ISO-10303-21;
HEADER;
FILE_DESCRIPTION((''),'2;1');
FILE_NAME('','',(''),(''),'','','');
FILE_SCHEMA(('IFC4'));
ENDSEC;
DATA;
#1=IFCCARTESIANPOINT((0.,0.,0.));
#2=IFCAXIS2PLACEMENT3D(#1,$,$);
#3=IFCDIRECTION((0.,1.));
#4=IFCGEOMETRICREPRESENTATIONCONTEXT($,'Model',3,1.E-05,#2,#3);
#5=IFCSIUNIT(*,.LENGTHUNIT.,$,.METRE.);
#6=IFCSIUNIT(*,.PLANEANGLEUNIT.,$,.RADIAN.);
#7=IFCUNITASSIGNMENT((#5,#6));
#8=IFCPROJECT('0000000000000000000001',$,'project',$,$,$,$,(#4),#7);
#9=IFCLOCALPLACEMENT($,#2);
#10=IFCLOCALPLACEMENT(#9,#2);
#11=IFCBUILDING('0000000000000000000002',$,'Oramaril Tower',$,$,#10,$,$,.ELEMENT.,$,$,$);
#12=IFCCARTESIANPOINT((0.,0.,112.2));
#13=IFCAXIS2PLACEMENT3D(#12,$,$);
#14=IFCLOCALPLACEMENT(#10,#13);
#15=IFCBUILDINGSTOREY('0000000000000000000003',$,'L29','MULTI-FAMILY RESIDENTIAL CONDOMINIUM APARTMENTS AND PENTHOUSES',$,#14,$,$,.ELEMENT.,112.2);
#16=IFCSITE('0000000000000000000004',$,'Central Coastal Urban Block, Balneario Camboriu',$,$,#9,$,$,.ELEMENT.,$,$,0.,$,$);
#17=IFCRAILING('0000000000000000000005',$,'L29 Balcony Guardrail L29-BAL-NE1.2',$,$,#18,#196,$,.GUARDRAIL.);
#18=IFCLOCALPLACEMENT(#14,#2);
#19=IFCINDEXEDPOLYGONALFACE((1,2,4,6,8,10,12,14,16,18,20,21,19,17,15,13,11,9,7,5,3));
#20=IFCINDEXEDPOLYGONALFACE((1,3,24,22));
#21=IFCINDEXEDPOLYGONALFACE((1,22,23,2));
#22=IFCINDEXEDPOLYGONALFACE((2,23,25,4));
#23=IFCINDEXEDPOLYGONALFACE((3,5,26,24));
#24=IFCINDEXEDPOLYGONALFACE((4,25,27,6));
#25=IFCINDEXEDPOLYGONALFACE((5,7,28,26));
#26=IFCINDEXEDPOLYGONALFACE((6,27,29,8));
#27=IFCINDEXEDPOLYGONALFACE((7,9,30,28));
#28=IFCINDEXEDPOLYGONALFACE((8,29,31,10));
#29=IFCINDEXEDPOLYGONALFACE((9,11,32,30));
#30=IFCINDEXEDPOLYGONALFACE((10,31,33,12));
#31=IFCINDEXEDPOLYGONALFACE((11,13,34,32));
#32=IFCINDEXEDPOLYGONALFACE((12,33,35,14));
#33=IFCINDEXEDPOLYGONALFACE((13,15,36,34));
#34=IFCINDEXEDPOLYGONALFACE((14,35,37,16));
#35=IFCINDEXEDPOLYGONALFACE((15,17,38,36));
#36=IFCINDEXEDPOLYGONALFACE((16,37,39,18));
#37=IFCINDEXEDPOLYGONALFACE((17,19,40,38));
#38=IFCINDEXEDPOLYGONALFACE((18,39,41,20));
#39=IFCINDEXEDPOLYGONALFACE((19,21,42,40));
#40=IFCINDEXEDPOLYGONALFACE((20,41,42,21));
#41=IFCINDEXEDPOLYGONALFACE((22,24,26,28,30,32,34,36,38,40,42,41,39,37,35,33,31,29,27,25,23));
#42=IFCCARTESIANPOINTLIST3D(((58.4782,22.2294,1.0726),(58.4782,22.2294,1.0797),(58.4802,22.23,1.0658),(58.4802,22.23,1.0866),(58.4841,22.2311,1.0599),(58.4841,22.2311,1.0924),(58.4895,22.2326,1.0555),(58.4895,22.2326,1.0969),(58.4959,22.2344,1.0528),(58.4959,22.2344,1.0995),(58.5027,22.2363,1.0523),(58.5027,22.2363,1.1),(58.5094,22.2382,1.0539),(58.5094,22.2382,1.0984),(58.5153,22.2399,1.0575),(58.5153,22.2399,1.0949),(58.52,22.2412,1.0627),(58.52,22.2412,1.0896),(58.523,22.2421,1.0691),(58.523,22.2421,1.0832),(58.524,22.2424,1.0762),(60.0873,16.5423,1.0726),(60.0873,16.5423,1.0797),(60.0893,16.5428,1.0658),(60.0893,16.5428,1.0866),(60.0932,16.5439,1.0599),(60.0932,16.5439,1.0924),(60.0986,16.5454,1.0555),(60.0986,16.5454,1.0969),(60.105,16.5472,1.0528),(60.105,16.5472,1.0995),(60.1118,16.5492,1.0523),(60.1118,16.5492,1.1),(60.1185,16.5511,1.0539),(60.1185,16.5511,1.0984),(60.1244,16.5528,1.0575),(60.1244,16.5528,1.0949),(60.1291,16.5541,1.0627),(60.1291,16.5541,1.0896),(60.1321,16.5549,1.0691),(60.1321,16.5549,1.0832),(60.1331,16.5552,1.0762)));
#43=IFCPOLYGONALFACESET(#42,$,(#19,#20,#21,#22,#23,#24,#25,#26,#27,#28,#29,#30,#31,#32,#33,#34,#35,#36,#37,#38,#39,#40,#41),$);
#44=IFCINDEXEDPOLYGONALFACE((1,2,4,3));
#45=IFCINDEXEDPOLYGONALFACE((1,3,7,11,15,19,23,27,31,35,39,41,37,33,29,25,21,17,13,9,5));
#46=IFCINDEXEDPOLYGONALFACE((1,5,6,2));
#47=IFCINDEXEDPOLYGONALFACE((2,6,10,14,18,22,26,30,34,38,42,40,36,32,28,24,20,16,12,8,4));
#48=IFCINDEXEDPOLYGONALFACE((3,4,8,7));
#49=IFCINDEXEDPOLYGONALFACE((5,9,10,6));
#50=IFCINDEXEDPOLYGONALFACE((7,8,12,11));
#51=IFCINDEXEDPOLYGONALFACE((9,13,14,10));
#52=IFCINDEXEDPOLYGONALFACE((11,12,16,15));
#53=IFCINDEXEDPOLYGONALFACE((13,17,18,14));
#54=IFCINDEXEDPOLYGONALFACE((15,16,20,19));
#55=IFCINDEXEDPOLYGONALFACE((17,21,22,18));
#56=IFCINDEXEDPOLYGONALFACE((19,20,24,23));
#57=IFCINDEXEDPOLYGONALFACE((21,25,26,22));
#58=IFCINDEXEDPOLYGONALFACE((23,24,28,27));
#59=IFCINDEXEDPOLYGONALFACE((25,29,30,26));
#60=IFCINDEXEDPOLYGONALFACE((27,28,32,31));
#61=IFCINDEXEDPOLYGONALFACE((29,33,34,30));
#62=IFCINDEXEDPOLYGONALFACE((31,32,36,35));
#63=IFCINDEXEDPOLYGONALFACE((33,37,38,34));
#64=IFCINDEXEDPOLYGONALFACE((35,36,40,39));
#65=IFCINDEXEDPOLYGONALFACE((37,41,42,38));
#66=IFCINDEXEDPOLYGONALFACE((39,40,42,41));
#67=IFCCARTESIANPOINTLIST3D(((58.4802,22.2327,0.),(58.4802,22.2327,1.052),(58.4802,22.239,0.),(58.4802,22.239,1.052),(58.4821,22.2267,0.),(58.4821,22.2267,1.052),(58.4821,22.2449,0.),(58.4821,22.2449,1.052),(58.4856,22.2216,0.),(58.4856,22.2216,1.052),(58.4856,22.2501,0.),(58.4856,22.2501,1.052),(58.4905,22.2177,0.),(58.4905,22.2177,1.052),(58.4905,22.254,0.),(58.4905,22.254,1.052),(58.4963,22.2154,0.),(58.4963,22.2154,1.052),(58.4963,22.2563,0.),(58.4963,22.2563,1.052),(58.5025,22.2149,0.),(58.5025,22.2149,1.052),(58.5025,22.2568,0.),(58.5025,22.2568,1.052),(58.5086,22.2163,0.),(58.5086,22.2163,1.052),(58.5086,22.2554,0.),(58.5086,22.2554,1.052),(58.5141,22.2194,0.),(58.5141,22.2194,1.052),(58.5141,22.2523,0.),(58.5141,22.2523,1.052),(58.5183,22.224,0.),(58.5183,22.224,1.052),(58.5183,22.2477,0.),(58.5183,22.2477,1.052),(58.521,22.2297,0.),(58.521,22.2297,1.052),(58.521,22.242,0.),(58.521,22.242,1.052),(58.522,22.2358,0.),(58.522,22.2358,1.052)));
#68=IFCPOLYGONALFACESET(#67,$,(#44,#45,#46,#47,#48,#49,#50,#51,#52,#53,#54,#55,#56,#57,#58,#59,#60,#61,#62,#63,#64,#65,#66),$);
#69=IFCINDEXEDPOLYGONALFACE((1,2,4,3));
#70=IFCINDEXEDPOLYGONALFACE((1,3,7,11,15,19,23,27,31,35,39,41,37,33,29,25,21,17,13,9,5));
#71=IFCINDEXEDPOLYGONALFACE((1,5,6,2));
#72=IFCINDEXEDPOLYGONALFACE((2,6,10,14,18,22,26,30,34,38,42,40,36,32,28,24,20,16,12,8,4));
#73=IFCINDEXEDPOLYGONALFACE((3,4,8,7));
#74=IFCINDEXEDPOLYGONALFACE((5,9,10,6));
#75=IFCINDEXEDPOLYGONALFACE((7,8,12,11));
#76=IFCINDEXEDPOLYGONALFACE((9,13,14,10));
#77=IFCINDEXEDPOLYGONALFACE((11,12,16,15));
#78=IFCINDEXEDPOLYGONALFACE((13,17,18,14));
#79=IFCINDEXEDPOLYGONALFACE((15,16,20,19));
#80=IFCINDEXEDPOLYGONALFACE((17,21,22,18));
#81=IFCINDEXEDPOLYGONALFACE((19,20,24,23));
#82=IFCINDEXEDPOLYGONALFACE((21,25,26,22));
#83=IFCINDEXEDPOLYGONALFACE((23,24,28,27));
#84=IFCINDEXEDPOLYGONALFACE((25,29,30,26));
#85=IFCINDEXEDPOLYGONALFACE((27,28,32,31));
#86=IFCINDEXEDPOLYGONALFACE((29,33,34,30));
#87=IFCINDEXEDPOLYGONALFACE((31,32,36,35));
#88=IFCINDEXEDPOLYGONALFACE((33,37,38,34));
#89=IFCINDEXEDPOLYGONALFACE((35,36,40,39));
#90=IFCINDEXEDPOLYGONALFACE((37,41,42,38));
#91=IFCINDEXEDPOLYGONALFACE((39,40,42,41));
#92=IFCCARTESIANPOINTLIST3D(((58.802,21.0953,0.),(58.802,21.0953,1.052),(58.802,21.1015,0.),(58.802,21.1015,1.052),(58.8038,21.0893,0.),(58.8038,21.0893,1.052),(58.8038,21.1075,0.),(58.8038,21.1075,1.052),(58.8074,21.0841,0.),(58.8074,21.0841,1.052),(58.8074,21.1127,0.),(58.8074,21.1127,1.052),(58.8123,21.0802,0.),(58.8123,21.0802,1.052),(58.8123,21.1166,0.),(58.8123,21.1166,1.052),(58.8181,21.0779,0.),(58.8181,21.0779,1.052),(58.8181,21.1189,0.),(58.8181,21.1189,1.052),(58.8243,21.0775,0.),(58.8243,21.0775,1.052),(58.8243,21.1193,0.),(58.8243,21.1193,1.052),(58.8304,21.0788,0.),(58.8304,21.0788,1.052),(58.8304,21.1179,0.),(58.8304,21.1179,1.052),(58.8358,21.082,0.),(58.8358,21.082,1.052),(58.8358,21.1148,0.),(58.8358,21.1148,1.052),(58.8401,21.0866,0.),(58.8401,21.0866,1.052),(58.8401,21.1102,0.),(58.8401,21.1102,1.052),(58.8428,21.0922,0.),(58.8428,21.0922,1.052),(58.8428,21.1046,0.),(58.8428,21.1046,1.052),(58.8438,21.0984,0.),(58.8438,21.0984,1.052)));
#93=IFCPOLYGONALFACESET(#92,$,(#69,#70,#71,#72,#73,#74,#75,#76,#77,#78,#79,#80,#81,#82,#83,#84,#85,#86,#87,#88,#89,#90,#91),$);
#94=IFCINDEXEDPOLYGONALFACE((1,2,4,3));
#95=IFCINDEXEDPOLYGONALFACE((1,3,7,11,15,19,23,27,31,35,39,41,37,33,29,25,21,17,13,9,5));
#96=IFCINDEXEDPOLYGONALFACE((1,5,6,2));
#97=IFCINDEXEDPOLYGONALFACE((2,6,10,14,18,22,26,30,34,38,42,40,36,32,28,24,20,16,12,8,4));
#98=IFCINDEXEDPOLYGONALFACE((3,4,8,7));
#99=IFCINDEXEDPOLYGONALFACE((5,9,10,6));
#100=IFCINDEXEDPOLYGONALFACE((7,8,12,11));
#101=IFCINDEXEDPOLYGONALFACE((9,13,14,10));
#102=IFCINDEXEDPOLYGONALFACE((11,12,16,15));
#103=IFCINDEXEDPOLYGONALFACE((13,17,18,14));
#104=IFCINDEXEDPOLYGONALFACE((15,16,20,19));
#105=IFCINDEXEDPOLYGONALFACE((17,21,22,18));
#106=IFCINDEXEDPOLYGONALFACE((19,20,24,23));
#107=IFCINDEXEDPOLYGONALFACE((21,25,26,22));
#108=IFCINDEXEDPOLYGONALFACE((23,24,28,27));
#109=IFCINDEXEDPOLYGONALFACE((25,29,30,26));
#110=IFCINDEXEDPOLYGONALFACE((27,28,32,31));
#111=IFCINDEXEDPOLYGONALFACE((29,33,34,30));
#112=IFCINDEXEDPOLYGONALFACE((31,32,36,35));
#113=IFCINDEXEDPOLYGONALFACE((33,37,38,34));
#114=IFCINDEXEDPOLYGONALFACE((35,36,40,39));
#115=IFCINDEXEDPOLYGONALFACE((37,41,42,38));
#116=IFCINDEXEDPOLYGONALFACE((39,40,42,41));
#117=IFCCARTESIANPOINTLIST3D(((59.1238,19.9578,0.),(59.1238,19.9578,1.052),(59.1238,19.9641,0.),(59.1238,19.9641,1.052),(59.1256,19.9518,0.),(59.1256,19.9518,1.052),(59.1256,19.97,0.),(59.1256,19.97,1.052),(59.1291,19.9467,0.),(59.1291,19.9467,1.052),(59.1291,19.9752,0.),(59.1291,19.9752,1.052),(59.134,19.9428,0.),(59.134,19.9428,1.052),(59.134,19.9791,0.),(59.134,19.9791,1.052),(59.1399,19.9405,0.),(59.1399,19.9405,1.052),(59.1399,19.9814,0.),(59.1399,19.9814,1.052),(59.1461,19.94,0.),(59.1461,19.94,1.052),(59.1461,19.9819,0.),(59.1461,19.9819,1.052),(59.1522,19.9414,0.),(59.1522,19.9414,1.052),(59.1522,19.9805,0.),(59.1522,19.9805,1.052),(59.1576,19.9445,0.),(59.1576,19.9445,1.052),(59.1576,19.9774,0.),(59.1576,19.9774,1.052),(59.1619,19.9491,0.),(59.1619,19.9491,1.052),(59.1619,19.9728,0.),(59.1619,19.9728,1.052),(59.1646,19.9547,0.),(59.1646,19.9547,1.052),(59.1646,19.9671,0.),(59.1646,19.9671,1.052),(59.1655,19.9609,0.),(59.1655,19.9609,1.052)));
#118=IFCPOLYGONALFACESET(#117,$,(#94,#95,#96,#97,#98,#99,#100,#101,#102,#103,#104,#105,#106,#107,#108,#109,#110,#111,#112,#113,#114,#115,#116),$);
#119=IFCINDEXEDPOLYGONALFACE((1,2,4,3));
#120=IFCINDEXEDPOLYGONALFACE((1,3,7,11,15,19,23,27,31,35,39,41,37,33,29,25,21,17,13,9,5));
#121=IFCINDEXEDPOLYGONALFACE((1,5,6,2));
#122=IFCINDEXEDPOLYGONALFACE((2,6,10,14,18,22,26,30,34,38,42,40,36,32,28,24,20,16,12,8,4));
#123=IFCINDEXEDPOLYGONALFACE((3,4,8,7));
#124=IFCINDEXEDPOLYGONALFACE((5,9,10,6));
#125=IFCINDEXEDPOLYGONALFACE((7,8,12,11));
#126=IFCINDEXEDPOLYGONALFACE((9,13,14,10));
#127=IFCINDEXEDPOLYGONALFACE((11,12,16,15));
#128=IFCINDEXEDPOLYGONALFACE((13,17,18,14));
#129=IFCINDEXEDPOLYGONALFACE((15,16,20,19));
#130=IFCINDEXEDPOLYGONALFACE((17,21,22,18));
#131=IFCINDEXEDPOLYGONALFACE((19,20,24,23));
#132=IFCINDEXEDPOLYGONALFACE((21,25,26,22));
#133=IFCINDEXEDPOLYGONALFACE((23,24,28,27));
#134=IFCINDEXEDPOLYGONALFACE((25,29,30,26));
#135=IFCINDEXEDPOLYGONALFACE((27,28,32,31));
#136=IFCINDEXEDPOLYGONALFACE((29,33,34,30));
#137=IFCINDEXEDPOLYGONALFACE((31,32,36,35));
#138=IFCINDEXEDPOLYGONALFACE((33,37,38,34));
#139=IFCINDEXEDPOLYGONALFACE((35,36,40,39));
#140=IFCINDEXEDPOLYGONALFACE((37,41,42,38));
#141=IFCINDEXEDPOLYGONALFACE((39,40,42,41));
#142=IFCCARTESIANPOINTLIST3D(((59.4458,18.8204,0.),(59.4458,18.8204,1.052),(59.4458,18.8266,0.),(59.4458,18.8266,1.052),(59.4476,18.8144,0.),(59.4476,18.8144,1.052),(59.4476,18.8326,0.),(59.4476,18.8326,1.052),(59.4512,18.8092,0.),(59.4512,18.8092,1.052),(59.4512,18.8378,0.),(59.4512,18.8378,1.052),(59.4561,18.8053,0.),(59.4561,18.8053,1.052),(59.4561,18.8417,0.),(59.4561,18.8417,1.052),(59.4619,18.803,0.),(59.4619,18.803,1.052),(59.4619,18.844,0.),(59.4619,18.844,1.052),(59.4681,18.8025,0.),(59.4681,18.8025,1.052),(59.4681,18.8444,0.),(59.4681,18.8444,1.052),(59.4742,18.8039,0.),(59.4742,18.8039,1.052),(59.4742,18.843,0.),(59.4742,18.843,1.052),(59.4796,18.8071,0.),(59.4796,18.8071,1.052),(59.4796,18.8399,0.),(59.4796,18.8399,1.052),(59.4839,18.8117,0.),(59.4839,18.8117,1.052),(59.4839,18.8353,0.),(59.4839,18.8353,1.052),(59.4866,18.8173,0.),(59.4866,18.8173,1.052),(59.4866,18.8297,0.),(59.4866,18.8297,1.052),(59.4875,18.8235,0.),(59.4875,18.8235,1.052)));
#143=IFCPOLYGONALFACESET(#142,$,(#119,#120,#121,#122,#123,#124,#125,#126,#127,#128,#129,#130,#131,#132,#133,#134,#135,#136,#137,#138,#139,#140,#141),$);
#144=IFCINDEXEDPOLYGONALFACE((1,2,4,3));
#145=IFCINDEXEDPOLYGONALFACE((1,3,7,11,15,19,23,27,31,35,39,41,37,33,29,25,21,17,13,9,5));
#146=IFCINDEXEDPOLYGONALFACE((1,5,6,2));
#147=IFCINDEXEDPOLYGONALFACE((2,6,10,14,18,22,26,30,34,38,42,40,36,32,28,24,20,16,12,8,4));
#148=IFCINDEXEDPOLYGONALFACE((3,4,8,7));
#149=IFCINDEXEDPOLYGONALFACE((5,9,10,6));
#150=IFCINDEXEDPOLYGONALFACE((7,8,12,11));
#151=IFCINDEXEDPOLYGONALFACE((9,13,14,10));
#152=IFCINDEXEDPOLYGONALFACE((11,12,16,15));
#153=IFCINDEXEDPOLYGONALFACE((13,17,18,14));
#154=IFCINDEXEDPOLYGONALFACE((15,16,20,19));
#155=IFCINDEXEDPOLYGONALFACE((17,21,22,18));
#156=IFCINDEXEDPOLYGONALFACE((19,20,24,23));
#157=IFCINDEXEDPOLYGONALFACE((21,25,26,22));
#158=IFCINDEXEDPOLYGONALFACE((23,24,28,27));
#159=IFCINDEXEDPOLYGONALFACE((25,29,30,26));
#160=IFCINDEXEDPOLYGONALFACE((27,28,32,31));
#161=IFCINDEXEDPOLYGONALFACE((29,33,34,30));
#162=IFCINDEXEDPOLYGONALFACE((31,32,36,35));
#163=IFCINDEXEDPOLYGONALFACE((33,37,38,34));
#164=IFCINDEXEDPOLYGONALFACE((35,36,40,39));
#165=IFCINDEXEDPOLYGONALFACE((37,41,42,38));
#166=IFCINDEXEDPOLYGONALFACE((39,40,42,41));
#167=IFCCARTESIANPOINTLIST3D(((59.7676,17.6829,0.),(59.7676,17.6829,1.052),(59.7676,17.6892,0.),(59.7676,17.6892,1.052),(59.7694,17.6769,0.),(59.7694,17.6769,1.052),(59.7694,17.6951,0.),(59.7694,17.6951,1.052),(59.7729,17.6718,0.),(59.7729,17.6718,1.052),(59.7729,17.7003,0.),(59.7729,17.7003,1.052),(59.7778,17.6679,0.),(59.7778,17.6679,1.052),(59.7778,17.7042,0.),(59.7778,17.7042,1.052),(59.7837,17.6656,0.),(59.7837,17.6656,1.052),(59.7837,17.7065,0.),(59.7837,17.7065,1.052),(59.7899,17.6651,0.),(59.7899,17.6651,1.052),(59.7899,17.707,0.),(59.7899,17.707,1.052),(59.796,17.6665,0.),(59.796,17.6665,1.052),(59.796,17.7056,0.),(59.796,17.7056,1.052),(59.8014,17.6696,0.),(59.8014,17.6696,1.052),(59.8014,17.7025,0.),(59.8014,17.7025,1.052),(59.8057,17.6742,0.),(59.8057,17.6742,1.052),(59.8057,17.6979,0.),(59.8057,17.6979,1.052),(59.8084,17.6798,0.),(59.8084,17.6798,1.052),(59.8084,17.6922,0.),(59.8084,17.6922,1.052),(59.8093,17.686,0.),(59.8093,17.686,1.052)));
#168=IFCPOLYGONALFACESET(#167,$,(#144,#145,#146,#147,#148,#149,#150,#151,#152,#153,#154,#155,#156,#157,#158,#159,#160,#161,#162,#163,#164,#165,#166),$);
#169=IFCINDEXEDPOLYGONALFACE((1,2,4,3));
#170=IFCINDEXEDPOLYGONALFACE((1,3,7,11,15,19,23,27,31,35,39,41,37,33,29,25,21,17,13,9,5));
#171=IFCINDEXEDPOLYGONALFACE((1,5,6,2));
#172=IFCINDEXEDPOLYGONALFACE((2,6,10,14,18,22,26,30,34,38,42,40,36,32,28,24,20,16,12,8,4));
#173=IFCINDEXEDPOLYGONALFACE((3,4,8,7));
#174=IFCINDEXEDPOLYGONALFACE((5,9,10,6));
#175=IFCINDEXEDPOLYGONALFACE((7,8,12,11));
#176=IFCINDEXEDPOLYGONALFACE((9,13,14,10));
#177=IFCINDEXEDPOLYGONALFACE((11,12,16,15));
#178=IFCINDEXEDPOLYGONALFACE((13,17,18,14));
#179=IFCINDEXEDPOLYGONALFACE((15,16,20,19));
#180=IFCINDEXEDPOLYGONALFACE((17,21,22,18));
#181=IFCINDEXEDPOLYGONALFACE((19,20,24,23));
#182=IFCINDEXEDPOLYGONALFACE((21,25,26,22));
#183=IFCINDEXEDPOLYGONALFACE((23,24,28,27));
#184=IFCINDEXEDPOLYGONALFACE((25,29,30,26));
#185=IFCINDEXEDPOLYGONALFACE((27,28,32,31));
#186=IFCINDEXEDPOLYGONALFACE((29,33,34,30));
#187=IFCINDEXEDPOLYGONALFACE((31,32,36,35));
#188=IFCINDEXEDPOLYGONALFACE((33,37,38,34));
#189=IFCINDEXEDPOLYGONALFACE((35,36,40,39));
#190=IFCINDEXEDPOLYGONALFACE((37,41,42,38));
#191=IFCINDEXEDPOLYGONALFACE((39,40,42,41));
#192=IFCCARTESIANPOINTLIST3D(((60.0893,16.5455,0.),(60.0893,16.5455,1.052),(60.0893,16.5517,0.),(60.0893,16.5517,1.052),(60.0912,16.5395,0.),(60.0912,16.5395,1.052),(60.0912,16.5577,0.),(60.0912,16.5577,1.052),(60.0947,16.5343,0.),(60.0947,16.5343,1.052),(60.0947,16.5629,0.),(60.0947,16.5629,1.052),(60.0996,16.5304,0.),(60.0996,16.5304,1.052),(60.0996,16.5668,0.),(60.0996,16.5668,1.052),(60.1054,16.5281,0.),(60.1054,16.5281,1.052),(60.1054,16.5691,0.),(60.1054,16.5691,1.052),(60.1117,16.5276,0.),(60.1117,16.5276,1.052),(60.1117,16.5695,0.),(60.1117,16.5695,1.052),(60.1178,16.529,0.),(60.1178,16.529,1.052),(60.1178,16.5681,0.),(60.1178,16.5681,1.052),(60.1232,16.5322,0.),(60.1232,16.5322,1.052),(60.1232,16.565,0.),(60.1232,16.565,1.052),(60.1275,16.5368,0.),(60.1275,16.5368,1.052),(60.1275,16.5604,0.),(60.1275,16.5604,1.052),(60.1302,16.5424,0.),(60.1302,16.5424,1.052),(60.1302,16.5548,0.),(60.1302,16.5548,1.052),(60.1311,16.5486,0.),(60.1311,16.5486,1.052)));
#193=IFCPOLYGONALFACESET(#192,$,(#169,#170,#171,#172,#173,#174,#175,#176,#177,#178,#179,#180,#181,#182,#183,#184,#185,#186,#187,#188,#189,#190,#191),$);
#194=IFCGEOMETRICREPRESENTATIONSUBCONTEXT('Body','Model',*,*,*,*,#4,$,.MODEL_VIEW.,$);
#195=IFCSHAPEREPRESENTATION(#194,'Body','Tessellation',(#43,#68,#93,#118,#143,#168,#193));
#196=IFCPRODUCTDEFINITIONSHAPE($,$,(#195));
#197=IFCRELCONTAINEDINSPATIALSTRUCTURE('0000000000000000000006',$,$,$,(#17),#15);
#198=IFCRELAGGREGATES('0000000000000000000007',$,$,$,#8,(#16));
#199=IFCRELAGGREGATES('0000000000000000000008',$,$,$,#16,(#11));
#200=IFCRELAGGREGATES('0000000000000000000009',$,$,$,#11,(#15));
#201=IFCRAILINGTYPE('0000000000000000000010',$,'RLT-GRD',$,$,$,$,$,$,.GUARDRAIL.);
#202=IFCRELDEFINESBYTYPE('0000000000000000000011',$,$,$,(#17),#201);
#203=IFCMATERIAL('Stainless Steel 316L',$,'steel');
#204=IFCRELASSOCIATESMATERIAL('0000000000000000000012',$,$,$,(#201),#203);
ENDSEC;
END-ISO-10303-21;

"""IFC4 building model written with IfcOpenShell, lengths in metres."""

from ifc_helpers import new_model, si_unit, direction, frame, origin, origin_2d, place, context, subcontext, project, spatial, circle, extrude, material, type_object, element, save


model = new_model("IFC4")

# Units and contexts
model_context = context("Model", 3, precision=1e-05, world=origin(), true_north=direction((0.0, 1.0)))
body_context = subcontext(model_context, "Body", "Model", "MODEL_VIEW")
ifc_project = project(units=[si_unit("LENGTHUNIT", "METRE"), si_unit("PLANEANGLEUNIT", "RADIAN")], contexts=[model_context])

# Site, building, storey
site_placement = place(None, origin())
site = spatial("IfcSite", under=ifc_project, at=site_placement, Name="Central Coastal Urban Block, Balneario Camboriu", CompositionType="ELEMENT", RefElevation=0.0)
building_placement = place(site_placement, origin())
building = spatial("IfcBuilding", under=site, at=building_placement, Name="Oramaril Tower", CompositionType="ELEMENT")
storey_placement = place(building_placement, frame((0.0, 0.0, 112.2)))
storey = spatial("IfcBuildingStorey", under=building, at=storey_placement, Name="L29", Description="MULTI-FAMILY RESIDENTIAL CONDOMINIUM APARTMENTS AND PENTHOUSES", CompositionType="ELEMENT", Elevation=112.2)

# Railing
ifc_material_1 = material(Name="Stainless Steel 316L", Category="steel")
railing_type = type_object("IfcRailingType", Name="RLT-GRD", PredefinedType="GUARDRAIL", material=ifc_material_1)
railing_1_placement = place(storey_placement, frame((58.501, 22.2358, 0.0)))
element("IfcRailing", 1, at=railing_1_placement, inside=storey, type_object=railing_type, Name="L29 Balcony Guardrail L29-BAL-NE1.2", PredefinedType="GUARDRAIL", context=body_context, shape_type="SweptSolid", body=[
    extrude(circle(Radius=0.0239, at=origin_2d()), frame((0.0, 0.0, 1.0762), z_axis=(0.272249, -0.962227, 0.0), x_axis=(0.962227, 0.272249, 0.0)), (0.0, 0.0, 1.0), 5.9104),
    extrude(circle(Radius=0.021, at=origin_2d()), origin(), (0.0, 0.0, 1.0), 1.052),
    extrude(circle(Radius=0.021, at=origin_2d()), frame((0.3218, -1.1375, 0.0)), (0.0, 0.0, 1.0), 1.052),
    extrude(circle(Radius=0.021, at=origin_2d()), frame((0.6436, -2.2749, 0.0)), (0.0, 0.0, 1.0), 1.052),
    extrude(circle(Radius=0.021, at=origin_2d()), frame((0.9656, -3.4124, 0.0)), (0.0, 0.0, 1.0), 1.052),
    extrude(circle(Radius=0.021, at=origin_2d()), frame((1.2874, -4.5498, 0.0)), (0.0, 0.0, 1.0), 1.052),
    extrude(circle(Radius=0.021, at=origin_2d()), frame((1.6091, -5.6873, 0.0)), (0.0, 0.0, 1.0), 1.052),
])

save(model, "model.ifc")
